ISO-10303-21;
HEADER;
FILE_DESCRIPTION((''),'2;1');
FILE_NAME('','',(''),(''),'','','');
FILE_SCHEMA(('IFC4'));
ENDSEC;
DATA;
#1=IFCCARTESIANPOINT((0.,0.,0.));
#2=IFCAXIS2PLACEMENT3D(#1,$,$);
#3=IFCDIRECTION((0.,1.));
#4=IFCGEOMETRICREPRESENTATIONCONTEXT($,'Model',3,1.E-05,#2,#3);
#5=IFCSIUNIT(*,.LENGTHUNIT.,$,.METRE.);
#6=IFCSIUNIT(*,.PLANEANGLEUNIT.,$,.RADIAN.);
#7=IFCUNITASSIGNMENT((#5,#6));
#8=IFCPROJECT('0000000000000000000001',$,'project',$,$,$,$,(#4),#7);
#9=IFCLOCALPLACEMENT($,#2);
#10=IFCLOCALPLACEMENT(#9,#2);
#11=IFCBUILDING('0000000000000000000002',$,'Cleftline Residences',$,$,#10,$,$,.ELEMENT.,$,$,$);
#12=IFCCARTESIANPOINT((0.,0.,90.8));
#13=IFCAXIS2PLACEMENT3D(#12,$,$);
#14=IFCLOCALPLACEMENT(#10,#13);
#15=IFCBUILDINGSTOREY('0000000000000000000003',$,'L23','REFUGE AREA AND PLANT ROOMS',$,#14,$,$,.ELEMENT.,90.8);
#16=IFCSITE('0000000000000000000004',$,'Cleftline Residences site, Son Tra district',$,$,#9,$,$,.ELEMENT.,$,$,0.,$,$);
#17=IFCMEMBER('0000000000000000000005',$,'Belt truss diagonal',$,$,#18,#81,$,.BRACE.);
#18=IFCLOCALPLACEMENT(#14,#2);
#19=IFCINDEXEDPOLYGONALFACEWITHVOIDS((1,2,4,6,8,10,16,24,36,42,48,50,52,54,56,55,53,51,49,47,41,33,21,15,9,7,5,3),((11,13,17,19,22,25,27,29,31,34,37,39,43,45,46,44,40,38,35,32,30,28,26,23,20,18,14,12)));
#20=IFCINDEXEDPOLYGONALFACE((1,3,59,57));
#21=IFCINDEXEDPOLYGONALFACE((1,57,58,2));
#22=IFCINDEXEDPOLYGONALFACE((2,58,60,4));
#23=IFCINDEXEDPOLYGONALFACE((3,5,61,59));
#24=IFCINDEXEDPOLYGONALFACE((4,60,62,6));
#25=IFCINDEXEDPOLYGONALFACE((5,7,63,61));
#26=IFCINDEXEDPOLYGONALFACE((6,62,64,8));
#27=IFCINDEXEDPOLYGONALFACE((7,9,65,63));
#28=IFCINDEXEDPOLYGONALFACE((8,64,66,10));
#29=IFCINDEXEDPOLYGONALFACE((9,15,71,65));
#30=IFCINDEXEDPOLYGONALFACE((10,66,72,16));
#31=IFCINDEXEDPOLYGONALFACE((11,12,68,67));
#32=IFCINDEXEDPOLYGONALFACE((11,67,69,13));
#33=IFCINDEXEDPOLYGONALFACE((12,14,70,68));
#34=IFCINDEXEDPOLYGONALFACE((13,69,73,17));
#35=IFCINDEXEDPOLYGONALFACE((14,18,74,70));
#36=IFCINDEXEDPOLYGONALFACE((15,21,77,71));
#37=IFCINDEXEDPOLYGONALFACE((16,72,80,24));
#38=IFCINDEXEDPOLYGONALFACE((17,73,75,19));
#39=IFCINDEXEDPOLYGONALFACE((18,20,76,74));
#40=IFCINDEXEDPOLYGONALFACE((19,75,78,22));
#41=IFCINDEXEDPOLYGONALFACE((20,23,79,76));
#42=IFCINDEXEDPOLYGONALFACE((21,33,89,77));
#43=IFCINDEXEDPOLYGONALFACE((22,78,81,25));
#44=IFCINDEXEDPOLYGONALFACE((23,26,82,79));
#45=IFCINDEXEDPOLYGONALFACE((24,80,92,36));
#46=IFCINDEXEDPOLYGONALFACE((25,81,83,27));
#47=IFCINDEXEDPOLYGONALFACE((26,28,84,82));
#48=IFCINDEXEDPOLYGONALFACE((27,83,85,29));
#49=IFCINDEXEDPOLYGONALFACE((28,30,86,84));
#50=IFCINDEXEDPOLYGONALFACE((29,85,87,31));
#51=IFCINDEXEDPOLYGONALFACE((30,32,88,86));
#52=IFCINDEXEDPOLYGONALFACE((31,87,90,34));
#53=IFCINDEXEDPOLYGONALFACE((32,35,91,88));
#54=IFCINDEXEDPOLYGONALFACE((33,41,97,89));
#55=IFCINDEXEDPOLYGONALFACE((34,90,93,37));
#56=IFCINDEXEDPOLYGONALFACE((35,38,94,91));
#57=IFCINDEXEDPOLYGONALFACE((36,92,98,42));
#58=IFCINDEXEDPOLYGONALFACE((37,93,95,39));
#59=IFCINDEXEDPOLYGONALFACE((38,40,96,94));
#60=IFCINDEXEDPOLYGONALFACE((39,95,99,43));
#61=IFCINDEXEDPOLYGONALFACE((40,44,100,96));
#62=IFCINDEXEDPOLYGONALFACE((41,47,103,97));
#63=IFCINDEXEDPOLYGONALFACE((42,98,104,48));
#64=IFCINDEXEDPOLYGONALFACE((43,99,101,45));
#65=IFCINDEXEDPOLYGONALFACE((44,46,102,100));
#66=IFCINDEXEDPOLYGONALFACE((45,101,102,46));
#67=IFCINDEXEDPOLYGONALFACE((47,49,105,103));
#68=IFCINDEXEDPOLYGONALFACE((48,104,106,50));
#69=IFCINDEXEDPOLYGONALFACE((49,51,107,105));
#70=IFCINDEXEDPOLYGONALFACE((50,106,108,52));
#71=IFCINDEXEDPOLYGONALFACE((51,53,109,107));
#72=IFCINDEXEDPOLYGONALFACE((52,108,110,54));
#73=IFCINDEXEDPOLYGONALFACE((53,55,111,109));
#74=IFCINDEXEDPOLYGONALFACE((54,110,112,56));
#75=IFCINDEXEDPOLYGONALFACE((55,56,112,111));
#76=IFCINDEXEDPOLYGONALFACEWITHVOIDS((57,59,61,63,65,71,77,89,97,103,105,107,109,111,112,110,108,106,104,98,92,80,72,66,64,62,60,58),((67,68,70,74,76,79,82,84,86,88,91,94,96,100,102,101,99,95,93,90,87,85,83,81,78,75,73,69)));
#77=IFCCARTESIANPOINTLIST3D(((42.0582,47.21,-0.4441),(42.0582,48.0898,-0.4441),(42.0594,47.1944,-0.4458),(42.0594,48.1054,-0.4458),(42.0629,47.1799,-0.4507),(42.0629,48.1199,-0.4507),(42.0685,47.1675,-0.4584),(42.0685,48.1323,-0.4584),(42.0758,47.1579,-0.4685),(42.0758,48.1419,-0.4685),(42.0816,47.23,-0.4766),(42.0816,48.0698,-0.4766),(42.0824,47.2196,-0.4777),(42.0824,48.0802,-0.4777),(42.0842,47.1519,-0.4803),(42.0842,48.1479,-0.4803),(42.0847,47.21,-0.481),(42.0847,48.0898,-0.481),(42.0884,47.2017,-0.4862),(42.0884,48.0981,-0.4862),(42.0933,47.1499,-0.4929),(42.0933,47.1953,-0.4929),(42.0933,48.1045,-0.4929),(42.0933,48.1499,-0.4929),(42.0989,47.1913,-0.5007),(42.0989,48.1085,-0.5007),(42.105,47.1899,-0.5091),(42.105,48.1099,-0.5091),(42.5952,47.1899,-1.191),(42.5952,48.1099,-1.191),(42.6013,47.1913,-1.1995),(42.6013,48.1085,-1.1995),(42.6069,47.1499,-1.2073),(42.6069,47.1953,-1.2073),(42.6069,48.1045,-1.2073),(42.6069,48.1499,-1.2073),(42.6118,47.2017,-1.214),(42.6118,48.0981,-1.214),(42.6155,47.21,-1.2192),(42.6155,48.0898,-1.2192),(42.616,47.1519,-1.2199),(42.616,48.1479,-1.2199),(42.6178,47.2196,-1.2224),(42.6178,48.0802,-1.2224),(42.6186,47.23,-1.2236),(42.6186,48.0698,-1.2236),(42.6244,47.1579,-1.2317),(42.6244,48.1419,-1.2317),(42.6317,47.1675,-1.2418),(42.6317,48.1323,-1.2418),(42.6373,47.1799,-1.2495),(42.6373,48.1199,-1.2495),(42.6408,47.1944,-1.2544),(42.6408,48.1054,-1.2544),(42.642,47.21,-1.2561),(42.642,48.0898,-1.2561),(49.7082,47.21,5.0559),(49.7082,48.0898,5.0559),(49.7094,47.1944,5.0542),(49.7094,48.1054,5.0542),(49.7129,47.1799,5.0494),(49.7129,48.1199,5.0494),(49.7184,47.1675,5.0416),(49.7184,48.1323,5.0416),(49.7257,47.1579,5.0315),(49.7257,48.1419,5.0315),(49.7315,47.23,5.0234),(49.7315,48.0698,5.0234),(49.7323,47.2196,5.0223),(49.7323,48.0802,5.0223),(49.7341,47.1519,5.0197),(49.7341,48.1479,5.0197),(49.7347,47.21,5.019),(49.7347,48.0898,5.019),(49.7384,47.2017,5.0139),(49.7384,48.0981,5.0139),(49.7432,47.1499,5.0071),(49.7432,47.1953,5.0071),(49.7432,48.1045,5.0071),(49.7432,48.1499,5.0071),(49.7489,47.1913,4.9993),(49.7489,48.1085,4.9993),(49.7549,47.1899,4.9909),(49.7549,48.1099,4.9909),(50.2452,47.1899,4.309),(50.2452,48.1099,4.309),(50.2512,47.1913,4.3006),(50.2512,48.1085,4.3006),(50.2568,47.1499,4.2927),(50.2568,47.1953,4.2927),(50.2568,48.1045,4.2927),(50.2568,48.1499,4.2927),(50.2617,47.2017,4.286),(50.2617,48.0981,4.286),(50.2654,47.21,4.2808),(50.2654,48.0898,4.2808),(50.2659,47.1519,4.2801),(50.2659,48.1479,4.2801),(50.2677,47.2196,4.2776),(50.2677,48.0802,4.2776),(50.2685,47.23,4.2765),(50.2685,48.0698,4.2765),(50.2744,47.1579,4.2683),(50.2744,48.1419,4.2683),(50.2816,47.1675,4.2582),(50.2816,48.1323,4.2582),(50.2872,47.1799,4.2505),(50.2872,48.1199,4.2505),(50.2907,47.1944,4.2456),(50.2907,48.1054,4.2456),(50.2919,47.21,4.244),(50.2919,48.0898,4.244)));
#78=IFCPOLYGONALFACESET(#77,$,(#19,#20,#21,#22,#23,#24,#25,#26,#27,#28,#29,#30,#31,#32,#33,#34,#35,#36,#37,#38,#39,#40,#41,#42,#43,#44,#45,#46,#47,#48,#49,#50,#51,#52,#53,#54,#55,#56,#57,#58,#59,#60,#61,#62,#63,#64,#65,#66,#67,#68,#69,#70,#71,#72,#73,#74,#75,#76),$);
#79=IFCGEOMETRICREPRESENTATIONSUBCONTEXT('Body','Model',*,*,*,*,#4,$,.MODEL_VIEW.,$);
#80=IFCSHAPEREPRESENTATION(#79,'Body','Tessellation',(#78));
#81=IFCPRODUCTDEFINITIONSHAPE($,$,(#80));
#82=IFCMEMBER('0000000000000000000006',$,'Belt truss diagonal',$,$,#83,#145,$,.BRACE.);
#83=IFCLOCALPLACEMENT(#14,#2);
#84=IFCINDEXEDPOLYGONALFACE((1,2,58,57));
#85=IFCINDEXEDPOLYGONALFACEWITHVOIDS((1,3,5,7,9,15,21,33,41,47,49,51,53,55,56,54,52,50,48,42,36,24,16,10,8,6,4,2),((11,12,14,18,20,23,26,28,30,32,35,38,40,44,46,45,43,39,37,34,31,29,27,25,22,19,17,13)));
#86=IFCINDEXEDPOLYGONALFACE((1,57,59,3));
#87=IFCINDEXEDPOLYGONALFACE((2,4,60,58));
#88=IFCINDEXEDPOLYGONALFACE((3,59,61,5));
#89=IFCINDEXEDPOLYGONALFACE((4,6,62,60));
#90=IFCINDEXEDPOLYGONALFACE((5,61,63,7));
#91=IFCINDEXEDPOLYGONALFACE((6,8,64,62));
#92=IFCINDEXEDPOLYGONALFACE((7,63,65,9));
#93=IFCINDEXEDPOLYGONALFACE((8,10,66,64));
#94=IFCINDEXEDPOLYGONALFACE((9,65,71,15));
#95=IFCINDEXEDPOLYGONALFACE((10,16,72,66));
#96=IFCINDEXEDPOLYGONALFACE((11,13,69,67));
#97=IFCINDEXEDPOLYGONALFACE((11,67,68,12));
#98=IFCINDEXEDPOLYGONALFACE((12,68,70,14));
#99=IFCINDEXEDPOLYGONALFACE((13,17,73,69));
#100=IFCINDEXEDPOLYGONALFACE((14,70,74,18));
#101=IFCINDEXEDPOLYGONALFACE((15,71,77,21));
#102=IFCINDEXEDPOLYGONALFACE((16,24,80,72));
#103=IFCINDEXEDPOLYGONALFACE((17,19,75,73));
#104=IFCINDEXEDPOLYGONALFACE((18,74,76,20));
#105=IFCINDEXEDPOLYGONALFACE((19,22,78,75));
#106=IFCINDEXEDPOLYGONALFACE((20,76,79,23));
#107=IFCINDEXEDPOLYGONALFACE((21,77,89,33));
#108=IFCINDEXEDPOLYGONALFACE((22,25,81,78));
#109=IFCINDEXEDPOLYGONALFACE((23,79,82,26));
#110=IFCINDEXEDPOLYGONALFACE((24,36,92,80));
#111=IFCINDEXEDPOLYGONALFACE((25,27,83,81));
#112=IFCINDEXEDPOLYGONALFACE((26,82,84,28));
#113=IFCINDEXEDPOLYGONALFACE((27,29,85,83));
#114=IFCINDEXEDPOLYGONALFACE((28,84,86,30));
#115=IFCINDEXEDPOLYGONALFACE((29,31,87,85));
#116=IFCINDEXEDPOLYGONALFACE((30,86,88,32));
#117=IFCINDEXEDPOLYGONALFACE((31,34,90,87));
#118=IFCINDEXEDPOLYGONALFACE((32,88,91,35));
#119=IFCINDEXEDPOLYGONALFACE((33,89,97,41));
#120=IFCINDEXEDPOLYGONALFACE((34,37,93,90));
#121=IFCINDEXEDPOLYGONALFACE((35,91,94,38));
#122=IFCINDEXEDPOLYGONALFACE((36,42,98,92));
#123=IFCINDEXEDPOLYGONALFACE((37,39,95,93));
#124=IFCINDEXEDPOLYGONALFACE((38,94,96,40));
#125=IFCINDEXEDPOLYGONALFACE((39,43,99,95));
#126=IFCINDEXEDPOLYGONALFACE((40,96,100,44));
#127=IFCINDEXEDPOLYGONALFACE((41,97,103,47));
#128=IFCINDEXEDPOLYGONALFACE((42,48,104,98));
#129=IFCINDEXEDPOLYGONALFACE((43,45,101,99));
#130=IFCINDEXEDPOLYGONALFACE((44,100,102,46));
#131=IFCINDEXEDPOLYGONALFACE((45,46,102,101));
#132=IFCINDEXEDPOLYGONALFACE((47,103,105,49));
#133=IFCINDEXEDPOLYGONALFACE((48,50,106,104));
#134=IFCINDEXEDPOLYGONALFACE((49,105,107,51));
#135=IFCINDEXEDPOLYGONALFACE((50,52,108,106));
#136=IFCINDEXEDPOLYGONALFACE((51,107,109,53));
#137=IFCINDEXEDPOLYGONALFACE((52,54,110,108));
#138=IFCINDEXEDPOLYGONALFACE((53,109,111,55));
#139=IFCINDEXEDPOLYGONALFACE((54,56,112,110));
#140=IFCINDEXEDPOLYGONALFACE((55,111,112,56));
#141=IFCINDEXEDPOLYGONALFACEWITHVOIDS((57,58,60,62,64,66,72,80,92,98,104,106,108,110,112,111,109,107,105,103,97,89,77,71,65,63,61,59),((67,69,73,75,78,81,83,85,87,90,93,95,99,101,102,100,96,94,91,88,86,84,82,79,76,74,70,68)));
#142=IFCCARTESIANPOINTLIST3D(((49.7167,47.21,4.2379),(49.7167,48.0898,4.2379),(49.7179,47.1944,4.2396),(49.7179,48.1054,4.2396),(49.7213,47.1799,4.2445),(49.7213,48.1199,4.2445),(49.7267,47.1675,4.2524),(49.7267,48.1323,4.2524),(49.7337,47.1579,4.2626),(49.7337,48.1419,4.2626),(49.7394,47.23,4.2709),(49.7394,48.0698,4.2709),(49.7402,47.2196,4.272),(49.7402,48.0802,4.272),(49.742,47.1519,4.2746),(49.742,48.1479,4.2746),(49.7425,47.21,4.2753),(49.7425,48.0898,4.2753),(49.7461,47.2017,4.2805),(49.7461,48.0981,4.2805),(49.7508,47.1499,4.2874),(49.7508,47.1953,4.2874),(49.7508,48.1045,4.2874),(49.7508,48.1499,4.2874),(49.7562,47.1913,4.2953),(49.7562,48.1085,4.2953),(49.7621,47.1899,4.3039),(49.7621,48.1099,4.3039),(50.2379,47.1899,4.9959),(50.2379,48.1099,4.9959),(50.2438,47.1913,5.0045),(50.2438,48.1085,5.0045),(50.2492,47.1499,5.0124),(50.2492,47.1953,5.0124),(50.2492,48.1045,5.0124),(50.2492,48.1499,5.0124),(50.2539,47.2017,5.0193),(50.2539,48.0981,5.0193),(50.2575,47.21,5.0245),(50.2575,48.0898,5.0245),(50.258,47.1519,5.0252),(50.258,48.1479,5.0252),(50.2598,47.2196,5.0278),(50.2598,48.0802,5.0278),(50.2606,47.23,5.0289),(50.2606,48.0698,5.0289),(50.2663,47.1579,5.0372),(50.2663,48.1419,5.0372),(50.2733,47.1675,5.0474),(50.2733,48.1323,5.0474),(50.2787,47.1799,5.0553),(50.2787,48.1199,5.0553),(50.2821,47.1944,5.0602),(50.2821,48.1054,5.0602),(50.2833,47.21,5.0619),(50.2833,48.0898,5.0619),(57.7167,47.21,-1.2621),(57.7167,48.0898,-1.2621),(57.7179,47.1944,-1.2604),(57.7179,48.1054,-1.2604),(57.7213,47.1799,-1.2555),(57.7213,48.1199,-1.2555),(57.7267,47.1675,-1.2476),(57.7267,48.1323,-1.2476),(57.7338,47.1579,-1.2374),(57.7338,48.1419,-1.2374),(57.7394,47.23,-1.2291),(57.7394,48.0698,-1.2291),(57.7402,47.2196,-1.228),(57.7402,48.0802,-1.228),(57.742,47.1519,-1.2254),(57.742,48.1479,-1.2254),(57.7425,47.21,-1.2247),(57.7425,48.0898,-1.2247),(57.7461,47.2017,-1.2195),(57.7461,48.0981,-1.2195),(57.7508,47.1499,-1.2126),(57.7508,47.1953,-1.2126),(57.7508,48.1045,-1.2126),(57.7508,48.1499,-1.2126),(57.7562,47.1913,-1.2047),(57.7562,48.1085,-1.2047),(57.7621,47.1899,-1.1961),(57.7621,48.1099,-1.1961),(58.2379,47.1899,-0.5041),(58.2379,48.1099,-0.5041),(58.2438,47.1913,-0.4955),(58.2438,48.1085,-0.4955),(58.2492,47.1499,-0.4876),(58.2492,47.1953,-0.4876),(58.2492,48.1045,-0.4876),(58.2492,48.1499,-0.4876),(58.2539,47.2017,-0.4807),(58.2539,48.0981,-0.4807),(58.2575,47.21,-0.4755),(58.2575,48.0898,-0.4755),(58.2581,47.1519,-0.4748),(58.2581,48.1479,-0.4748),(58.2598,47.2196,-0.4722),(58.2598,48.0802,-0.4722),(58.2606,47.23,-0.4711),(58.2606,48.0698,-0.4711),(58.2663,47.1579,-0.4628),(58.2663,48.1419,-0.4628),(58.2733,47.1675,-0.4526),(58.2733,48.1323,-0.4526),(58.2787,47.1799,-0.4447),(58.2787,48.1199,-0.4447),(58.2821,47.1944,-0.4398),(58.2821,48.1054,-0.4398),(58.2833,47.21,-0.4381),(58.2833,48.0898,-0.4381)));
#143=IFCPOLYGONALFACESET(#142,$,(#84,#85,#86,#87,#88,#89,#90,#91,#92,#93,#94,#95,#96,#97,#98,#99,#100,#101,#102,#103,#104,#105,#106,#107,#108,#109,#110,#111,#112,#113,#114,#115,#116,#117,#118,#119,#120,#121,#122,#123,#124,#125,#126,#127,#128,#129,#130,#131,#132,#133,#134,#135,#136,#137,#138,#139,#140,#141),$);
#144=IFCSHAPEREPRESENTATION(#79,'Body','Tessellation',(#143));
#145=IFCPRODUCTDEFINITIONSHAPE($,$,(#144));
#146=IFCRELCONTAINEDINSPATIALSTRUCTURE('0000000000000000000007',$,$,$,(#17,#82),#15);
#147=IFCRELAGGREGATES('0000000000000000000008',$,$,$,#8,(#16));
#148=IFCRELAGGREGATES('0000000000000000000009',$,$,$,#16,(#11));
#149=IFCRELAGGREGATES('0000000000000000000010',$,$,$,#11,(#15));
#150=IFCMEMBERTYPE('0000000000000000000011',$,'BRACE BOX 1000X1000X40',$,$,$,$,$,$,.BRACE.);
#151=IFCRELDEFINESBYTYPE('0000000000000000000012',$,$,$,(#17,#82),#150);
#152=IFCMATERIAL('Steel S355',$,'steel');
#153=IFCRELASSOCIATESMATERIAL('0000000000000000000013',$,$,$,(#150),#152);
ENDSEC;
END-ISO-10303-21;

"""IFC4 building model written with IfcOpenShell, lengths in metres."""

from ifc_helpers import new_model, si_unit, direction, frame, origin, origin_2d, place, context, subcontext, project, spatial, hollow_rectangle, extrude, material, material_profile, profile_set, type_object, element, save


model = new_model("IFC4")

# Units and contexts
model_context = context("Model", 3, precision=1e-05, world=origin(), true_north=direction((0.0, 1.0)))
body_context = subcontext(model_context, "Body", "Model", "MODEL_VIEW")
ifc_project = project(units=[si_unit("LENGTHUNIT", "METRE"), si_unit("PLANEANGLEUNIT", "RADIAN")], contexts=[model_context])

# Site, building, storey
site_placement = place(None, origin())
site = spatial("IfcSite", under=ifc_project, at=site_placement, Name="Cleftline Residences site, Son Tra district", CompositionType="ELEMENT", RefElevation=0.0)
building_placement = place(site_placement, origin())
building = spatial("IfcBuilding", under=site, at=building_placement, Name="Cleftline Residences", CompositionType="ELEMENT")
storey_placement = place(building_placement, frame((0.0, 0.0, 90.8)))
storey = spatial("IfcBuildingStorey", under=building, at=storey_placement, Name="L23", Description="REFUGE AREA AND PLANT ROOMS", CompositionType="ELEMENT", Elevation=90.8)

# Members
ifc_material_1 = material(Name="Steel S355", Category="steel")
ifc_material_profile_1 = material_profile(ifc_material_1, hollow_rectangle(XDim=1.0, YDim=1.0, WallThickness=0.04, InnerFilletRadius=0.04, OuterFilletRadius=0.0601, at=origin_2d()))
ifc_profile_set_1 = profile_set([ifc_material_profile_1], Name="Steel S355")
member_type_1 = type_object("IfcMemberType", Name="BRACE BOX 1000X1000X40", PredefinedType="BRACE", material=ifc_profile_set_1)
for number, where, z_axis, x_axis, name in (
    (1, (42.3501, 47.6499, -0.8501), (0.811933, 0.0, 0.58375), (-0.58375, 0.0, 0.811933), "Belt truss diagonal"),
):
    element("IfcMember", number, at=place(storey_placement, frame(where, z_axis=z_axis, x_axis=x_axis)), inside=storey, type_object=member_type_1, Name=name, PredefinedType="BRACE", context=body_context, shape_type="SweptSolid", body=[
        extrude(hollow_rectangle(XDim=1.0, YDim=1.0, WallThickness=0.04, InnerFilletRadius=0.04, OuterFilletRadius=0.0601, at=origin_2d()), origin(), (0.0, 0.0, 1.0), 9.4219),
    ])
member_1_placement = place(storey_placement, frame((50.0, 47.6499, 4.6499), z_axis=(0.824042, 0.0, -0.566529), x_axis=(0.566529, 0.0, 0.824042)))
element("IfcMember", 2, at=member_1_placement, inside=storey, type_object=member_type_1, Name="Belt truss diagonal", PredefinedType="BRACE", context=body_context, shape_type="SweptSolid", body=[
    extrude(hollow_rectangle(XDim=1.0, YDim=1.0, WallThickness=0.04, InnerFilletRadius=0.04, OuterFilletRadius=0.0601, at=origin_2d()), origin(), (0.0, 0.0, 1.0), 9.7083),
])

save(model, "model.ifc")
